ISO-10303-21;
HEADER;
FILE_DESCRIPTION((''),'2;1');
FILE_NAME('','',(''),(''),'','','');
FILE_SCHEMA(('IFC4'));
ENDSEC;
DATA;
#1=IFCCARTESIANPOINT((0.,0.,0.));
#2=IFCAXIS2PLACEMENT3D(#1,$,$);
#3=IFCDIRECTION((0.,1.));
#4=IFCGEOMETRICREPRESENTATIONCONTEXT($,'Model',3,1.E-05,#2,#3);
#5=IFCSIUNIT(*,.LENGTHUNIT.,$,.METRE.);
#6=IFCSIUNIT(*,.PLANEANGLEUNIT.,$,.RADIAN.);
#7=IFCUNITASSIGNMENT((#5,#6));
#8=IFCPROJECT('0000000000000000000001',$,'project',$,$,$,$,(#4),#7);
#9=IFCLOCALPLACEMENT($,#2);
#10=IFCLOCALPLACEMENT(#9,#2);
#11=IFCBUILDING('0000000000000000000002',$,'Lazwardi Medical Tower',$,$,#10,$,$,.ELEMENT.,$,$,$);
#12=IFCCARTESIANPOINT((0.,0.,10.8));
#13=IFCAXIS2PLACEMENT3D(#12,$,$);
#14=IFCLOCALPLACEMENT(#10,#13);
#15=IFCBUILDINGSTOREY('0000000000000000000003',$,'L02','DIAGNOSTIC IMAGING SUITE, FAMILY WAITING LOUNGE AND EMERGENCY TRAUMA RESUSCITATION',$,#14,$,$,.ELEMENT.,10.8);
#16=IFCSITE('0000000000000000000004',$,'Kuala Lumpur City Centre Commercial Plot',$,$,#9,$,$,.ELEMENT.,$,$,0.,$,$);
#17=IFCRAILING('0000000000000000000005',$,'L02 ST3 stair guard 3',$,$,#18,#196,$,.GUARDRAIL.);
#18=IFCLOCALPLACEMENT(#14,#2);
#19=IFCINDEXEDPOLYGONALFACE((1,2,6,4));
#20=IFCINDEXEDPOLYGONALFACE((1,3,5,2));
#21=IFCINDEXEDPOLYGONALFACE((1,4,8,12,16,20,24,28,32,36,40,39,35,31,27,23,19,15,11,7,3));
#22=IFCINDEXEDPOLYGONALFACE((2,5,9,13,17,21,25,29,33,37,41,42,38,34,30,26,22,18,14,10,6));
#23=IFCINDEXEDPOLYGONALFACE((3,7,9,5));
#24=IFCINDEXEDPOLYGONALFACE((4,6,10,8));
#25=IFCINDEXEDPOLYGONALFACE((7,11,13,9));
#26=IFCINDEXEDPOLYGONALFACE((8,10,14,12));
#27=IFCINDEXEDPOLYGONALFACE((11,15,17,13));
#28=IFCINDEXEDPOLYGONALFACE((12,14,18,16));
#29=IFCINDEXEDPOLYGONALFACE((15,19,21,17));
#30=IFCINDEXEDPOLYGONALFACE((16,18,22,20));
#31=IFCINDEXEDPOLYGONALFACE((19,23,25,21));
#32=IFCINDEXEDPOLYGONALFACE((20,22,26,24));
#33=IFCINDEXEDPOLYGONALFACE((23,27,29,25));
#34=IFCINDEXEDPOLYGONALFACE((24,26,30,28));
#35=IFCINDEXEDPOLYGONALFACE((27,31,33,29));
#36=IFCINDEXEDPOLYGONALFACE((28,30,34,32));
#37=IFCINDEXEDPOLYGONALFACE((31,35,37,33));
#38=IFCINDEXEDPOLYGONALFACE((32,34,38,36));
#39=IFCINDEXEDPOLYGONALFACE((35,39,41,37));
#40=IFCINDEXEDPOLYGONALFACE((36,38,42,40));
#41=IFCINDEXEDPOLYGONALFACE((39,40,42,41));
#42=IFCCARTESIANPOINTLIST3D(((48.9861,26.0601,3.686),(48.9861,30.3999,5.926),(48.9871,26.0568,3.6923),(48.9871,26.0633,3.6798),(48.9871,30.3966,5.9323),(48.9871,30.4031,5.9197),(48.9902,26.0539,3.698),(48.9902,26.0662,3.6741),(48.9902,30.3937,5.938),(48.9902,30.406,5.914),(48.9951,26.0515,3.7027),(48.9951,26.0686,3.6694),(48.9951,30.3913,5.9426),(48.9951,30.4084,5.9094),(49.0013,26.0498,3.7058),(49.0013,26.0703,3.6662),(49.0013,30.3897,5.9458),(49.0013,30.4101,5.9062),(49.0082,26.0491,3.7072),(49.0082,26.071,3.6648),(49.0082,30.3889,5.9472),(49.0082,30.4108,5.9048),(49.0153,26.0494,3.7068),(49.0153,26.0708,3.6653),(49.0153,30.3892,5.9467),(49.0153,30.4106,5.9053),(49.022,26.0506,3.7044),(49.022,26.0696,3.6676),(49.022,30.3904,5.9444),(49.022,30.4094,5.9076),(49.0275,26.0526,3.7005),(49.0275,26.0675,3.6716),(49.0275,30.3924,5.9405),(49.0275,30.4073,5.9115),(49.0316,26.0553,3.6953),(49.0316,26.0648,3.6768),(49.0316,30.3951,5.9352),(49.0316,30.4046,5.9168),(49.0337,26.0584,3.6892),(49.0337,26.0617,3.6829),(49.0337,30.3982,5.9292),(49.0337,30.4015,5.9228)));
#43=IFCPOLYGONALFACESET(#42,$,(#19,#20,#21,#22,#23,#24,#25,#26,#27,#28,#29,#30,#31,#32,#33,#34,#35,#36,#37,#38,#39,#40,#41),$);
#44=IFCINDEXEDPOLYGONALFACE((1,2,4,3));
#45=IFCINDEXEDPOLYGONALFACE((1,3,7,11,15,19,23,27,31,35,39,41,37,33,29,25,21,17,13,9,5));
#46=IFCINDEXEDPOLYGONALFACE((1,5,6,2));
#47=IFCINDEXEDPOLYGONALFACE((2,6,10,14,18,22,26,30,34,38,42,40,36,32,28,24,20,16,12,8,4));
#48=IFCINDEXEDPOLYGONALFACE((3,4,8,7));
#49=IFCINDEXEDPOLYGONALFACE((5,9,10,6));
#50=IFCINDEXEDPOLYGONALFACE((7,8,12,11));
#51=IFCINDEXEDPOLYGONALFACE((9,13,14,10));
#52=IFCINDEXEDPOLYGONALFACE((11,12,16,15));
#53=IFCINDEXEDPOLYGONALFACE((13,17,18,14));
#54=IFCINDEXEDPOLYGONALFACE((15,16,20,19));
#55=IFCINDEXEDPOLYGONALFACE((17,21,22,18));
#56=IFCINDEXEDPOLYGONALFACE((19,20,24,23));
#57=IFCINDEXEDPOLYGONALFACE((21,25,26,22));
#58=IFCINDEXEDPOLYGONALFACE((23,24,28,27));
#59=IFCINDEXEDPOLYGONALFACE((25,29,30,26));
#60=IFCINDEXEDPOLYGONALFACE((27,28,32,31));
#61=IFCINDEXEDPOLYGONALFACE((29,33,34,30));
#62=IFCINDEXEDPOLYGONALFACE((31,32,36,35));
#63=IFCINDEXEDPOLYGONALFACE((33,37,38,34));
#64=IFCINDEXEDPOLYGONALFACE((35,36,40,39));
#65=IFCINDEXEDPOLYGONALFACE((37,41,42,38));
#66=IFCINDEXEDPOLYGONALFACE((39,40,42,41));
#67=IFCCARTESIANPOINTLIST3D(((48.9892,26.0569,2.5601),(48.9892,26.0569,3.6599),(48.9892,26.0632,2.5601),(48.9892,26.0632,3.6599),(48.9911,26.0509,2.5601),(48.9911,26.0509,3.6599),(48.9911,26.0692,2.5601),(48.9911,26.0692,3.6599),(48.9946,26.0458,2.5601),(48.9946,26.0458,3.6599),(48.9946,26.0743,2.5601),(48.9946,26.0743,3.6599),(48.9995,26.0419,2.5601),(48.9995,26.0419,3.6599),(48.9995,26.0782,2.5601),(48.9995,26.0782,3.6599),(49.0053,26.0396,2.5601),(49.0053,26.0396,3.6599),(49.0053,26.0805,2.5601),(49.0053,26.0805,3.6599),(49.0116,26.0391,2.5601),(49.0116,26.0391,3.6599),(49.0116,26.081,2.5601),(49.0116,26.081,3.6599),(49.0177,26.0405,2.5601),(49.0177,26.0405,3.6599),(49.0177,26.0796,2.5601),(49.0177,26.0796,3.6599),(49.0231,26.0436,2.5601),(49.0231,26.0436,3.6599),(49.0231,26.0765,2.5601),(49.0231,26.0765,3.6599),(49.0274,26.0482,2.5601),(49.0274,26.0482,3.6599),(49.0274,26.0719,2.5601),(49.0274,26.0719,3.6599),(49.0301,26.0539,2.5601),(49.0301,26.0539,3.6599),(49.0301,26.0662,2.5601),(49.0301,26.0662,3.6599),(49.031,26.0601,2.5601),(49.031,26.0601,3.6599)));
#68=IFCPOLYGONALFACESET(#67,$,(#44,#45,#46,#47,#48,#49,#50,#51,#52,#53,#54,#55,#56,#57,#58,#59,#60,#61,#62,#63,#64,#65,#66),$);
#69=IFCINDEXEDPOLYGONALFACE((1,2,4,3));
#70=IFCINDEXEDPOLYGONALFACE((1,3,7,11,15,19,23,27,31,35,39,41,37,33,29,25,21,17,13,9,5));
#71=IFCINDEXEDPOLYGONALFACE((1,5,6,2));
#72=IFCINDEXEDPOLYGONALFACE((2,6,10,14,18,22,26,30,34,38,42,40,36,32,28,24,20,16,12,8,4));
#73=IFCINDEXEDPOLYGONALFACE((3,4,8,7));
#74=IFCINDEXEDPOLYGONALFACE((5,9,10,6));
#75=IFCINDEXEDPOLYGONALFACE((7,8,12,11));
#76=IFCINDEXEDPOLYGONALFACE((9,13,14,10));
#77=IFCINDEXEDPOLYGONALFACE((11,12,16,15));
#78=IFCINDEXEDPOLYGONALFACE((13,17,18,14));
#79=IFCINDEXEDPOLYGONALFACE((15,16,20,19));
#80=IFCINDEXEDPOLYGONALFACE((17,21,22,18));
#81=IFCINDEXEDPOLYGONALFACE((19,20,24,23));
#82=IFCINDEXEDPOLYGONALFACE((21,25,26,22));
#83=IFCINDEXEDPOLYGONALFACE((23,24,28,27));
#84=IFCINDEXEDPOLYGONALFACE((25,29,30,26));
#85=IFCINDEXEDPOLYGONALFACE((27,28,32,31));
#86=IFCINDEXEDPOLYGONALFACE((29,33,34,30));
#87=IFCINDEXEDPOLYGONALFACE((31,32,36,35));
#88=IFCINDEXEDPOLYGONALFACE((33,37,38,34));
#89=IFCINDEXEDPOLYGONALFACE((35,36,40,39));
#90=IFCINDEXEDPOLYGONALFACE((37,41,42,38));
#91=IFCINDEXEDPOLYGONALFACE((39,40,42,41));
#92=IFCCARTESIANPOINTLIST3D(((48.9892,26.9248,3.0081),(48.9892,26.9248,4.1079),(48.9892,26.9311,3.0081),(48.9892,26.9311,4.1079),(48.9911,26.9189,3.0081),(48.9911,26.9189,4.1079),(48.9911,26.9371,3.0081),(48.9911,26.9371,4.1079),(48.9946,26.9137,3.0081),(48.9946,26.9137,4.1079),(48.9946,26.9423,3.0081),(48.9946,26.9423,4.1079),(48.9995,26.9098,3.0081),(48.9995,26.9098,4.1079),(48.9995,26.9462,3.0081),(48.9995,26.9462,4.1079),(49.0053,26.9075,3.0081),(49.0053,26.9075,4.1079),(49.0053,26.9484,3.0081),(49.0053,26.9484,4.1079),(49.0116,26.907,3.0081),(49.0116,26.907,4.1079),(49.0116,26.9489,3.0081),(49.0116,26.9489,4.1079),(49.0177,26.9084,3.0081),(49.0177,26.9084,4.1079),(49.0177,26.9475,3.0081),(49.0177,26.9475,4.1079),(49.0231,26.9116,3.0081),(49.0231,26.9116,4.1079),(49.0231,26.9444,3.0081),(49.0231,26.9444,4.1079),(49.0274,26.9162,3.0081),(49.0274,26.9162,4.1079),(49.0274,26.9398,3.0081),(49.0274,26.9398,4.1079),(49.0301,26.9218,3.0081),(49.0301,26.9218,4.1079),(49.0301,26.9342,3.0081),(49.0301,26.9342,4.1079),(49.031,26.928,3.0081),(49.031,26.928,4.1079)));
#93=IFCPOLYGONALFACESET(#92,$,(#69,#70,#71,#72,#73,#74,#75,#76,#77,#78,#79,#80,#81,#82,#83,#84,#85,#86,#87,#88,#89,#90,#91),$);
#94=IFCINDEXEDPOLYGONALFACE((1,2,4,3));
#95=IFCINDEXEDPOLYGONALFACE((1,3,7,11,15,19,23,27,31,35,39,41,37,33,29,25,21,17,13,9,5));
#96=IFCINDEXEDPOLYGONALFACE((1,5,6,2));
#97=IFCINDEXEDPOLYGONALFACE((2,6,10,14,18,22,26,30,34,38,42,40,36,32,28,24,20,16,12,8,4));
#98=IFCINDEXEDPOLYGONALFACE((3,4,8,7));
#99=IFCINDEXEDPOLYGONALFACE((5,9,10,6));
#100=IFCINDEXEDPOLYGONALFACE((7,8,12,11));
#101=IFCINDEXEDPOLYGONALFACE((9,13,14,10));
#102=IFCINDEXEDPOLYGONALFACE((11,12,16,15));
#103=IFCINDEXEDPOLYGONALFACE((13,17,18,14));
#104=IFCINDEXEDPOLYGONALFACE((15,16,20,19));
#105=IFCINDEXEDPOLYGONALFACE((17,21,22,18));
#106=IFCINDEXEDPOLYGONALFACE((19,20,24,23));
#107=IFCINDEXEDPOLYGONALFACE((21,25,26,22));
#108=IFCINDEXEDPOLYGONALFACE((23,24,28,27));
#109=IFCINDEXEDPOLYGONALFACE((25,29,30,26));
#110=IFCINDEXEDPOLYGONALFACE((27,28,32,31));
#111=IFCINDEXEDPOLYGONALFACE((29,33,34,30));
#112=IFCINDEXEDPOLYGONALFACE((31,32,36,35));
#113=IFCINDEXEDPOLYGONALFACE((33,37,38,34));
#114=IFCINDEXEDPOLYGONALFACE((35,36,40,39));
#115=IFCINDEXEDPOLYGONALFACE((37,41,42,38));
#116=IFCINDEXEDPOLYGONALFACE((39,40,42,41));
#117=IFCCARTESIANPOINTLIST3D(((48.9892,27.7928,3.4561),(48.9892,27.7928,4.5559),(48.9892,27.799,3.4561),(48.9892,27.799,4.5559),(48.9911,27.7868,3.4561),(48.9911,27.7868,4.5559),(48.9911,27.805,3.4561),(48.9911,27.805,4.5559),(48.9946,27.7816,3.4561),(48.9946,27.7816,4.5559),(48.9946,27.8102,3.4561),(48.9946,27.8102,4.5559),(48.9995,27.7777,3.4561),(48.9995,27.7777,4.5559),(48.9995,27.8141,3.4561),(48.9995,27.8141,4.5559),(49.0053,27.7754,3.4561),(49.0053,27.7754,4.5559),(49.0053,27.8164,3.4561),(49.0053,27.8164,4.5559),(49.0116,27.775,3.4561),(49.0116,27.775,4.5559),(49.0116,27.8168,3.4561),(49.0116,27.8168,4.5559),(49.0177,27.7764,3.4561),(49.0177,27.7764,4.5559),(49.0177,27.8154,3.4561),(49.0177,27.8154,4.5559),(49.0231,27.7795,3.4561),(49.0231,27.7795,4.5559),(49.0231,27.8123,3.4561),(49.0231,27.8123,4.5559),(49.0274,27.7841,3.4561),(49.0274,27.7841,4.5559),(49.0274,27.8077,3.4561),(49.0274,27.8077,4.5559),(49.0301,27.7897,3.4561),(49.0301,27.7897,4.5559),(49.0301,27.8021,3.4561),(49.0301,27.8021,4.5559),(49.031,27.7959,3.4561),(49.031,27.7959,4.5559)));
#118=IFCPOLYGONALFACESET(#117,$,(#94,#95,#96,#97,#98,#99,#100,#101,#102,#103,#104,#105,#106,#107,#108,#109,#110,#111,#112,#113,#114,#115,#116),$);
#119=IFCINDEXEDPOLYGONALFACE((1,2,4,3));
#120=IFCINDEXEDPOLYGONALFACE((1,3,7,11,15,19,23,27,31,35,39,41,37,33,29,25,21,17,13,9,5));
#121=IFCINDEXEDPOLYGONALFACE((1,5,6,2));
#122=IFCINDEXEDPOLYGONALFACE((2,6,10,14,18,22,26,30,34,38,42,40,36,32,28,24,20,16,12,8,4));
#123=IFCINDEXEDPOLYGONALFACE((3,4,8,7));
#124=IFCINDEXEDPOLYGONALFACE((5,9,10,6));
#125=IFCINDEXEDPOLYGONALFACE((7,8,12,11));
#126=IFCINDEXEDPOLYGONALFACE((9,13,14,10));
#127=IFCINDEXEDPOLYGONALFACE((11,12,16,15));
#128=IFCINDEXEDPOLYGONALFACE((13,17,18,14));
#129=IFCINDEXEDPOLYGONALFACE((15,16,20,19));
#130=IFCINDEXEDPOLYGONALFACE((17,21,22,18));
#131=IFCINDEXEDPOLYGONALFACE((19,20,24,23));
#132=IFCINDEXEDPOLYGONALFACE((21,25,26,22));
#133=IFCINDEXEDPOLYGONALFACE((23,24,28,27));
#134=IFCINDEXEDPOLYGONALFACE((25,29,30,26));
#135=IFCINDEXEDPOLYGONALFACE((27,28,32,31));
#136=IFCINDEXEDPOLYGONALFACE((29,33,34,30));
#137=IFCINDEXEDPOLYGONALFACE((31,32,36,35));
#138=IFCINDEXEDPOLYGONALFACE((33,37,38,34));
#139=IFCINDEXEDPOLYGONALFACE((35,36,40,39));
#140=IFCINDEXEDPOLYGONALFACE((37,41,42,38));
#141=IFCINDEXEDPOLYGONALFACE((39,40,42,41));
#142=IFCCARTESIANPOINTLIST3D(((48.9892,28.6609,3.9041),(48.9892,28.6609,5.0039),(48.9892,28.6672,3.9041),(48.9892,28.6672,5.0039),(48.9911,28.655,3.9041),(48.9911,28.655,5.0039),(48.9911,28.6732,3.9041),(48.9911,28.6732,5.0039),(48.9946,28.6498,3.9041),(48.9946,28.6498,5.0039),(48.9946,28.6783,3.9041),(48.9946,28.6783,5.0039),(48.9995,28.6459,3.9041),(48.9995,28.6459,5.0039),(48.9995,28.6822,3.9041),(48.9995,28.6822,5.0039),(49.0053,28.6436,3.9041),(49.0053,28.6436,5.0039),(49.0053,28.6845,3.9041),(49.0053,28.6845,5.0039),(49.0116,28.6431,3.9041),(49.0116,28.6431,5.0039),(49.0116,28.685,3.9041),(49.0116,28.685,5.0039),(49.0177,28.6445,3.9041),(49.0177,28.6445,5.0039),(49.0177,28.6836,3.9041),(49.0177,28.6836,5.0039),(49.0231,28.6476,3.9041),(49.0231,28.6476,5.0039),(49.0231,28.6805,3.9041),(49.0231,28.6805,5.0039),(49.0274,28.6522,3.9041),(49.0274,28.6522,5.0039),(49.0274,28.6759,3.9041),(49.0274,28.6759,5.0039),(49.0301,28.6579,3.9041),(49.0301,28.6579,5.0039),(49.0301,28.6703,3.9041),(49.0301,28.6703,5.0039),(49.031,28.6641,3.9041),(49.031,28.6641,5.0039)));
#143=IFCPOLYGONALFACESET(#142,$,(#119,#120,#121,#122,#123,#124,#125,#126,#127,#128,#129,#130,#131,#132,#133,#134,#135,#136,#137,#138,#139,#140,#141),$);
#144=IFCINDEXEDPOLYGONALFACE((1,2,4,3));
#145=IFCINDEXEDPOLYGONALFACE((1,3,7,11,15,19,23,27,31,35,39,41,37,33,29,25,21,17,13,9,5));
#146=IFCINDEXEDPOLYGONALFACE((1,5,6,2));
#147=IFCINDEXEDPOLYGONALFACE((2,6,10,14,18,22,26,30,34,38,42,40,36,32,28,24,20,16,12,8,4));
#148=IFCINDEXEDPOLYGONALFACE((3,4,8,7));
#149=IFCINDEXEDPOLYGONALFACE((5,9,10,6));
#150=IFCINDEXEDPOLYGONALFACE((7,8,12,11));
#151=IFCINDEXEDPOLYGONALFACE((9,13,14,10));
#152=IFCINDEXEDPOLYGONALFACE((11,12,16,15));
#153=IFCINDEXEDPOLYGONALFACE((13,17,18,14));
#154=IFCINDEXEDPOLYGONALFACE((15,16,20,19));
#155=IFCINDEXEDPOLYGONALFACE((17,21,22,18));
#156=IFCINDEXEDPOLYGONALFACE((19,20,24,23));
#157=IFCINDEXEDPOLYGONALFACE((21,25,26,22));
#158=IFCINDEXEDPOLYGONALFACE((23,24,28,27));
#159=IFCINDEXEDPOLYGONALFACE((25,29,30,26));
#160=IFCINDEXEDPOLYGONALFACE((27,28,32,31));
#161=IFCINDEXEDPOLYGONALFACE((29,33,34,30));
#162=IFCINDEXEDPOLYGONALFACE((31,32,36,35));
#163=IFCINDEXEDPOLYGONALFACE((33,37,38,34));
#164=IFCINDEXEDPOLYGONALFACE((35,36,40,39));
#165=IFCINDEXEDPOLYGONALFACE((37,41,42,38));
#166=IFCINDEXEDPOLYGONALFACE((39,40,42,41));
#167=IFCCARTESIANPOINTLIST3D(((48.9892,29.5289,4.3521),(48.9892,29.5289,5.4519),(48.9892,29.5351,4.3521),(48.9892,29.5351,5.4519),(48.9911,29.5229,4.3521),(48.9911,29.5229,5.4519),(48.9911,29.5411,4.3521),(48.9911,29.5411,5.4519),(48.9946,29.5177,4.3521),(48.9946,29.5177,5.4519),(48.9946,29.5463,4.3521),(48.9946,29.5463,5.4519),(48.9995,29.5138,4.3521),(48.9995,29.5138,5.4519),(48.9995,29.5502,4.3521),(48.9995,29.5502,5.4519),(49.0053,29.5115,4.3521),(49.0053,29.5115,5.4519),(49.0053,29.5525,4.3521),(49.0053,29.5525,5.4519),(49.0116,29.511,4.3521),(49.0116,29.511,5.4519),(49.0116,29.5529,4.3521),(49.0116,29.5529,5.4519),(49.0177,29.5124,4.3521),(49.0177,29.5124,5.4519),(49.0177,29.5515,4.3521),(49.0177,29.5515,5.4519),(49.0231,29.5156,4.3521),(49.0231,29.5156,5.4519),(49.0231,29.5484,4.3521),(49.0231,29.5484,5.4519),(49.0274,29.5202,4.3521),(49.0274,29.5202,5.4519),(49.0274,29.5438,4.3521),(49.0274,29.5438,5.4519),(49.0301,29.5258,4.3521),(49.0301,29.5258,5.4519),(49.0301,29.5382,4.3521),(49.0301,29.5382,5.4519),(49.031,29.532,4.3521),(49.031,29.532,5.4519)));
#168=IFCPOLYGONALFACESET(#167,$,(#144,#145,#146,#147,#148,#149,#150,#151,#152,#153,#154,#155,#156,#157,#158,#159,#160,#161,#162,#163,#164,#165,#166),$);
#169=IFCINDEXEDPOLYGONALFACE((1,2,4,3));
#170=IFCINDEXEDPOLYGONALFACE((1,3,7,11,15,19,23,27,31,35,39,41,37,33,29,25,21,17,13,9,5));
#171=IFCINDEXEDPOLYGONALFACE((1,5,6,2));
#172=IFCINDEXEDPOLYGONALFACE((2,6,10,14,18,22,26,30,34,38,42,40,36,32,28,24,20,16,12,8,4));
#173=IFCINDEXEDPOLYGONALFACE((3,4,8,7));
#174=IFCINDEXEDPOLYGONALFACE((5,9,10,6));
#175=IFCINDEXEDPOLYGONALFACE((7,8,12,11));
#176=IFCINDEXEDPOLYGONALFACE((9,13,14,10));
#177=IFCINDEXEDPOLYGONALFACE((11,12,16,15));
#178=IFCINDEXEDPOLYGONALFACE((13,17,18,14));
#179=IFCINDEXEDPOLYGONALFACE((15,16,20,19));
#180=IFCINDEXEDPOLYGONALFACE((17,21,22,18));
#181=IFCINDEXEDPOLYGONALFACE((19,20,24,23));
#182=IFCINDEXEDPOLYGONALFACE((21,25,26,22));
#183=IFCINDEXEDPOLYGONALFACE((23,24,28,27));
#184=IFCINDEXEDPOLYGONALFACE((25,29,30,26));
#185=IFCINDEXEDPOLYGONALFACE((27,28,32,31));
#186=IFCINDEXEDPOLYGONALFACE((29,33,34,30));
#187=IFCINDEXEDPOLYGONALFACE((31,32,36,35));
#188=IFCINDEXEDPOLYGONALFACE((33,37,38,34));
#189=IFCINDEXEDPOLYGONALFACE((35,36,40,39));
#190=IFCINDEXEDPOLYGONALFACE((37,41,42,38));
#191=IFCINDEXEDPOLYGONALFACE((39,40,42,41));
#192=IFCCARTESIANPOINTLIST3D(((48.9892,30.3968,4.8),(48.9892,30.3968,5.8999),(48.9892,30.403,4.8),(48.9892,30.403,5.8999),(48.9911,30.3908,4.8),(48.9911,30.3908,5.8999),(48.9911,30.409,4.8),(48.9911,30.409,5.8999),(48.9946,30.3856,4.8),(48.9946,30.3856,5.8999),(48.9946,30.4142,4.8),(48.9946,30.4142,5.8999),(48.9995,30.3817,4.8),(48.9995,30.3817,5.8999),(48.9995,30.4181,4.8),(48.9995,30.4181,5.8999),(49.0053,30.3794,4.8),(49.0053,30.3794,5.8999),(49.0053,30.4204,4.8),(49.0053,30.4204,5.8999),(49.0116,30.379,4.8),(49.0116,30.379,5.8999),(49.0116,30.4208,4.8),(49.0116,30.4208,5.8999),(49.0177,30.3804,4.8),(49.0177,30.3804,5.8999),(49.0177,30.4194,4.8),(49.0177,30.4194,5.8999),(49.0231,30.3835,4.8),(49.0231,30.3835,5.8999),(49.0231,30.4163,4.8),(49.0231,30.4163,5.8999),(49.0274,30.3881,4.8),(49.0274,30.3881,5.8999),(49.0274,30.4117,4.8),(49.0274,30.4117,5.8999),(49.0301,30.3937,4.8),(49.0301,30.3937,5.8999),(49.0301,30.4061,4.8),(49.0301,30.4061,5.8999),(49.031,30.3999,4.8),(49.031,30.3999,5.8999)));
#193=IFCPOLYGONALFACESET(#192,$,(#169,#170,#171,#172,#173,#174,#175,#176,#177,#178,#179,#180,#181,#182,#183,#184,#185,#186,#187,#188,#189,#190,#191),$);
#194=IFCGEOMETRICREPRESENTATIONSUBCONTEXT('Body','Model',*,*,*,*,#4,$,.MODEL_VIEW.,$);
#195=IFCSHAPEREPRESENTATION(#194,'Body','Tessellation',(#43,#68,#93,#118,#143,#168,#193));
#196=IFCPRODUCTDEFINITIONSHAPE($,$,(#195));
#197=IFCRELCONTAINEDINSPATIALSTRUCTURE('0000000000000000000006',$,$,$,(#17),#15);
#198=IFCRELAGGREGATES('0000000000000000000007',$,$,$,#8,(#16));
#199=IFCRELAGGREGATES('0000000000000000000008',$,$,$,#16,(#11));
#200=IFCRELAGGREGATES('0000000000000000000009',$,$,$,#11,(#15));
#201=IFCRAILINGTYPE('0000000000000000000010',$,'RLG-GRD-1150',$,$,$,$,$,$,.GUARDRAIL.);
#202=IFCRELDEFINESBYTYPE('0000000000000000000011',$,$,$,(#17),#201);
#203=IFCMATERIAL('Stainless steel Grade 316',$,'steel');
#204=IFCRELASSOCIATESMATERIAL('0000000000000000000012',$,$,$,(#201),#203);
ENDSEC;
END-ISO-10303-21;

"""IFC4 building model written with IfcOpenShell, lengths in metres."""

from ifc_helpers import new_model, si_unit, direction, frame, origin, origin_2d, place, context, subcontext, project, spatial, circle, extrude, material, type_object, element, save


model = new_model("IFC4")

# Units and contexts
model_context = context("Model", 3, precision=1e-05, world=origin(), true_north=direction((0.0, 1.0)))
body_context = subcontext(model_context, "Body", "Model", "MODEL_VIEW")
ifc_project = project(units=[si_unit("LENGTHUNIT", "METRE"), si_unit("PLANEANGLEUNIT", "RADIAN")], contexts=[model_context])

# Site, building, storey
site_placement = place(None, origin())
site = spatial("IfcSite", under=ifc_project, at=site_placement, Name="Kuala Lumpur City Centre Commercial Plot", CompositionType="ELEMENT", RefElevation=0.0)
building_placement = place(site_placement, origin())
building = spatial("IfcBuilding", under=site, at=building_placement, Name="Lazwardi Medical Tower", CompositionType="ELEMENT")
storey_placement = place(building_placement, frame((0.0, 0.0, 10.8)))
storey = spatial("IfcBuildingStorey", under=building, at=storey_placement, Name="L02", Description="DIAGNOSTIC IMAGING SUITE, FAMILY WAITING LOUNGE AND EMERGENCY TRAUMA RESUSCITATION", CompositionType="ELEMENT", Elevation=10.8)

# Railing
ifc_material_1 = material(Name="Stainless steel Grade 316", Category="steel")
railing_type_1 = type_object("IfcRailingType", Name="RLG-GRD-1150", PredefinedType="GUARDRAIL", material=ifc_material_1)
railing_1_placement = place(storey_placement, frame((49.01, 26.0601, 2.5601)))
element("IfcRailing", 1, at=railing_1_placement, inside=storey, type_object=railing_type_1, Name="L02 ST3 stair guard 3", PredefinedType="GUARDRAIL", context=body_context, shape_type="SweptSolid", body=[
    extrude(circle(Radius=0.0239, at=origin_2d()), frame((0.0, 0.0, 1.126), z_axis=(0.0, 0.888615, 0.458654), x_axis=(-1.0, 0.0, 0.0)), (0.0, 0.0, 1.0), 4.8838),
    extrude(circle(Radius=0.021, at=origin_2d()), origin(), (0.0, 0.0, 1.0), 1.0999),
    extrude(circle(Radius=0.021, at=origin_2d()), frame((0.0, 0.8679, 0.448)), (0.0, 0.0, 1.0), 1.0999),
    extrude(circle(Radius=0.021, at=origin_2d()), frame((0.0, 1.7358, 0.896)), (0.0, 0.0, 1.0), 1.0999),
    extrude(circle(Radius=0.021, at=origin_2d()), frame((0.0, 2.604, 1.344)), (0.0, 0.0, 1.0), 1.0999),
    extrude(circle(Radius=0.021, at=origin_2d()), frame((0.0, 3.4719, 1.792)), (0.0, 0.0, 1.0), 1.0999),
    extrude(circle(Radius=0.021, at=origin_2d()), frame((0.0, 4.3398, 2.24)), (0.0, 0.0, 1.0), 1.0999),
])

save(model, "model.ifc")
